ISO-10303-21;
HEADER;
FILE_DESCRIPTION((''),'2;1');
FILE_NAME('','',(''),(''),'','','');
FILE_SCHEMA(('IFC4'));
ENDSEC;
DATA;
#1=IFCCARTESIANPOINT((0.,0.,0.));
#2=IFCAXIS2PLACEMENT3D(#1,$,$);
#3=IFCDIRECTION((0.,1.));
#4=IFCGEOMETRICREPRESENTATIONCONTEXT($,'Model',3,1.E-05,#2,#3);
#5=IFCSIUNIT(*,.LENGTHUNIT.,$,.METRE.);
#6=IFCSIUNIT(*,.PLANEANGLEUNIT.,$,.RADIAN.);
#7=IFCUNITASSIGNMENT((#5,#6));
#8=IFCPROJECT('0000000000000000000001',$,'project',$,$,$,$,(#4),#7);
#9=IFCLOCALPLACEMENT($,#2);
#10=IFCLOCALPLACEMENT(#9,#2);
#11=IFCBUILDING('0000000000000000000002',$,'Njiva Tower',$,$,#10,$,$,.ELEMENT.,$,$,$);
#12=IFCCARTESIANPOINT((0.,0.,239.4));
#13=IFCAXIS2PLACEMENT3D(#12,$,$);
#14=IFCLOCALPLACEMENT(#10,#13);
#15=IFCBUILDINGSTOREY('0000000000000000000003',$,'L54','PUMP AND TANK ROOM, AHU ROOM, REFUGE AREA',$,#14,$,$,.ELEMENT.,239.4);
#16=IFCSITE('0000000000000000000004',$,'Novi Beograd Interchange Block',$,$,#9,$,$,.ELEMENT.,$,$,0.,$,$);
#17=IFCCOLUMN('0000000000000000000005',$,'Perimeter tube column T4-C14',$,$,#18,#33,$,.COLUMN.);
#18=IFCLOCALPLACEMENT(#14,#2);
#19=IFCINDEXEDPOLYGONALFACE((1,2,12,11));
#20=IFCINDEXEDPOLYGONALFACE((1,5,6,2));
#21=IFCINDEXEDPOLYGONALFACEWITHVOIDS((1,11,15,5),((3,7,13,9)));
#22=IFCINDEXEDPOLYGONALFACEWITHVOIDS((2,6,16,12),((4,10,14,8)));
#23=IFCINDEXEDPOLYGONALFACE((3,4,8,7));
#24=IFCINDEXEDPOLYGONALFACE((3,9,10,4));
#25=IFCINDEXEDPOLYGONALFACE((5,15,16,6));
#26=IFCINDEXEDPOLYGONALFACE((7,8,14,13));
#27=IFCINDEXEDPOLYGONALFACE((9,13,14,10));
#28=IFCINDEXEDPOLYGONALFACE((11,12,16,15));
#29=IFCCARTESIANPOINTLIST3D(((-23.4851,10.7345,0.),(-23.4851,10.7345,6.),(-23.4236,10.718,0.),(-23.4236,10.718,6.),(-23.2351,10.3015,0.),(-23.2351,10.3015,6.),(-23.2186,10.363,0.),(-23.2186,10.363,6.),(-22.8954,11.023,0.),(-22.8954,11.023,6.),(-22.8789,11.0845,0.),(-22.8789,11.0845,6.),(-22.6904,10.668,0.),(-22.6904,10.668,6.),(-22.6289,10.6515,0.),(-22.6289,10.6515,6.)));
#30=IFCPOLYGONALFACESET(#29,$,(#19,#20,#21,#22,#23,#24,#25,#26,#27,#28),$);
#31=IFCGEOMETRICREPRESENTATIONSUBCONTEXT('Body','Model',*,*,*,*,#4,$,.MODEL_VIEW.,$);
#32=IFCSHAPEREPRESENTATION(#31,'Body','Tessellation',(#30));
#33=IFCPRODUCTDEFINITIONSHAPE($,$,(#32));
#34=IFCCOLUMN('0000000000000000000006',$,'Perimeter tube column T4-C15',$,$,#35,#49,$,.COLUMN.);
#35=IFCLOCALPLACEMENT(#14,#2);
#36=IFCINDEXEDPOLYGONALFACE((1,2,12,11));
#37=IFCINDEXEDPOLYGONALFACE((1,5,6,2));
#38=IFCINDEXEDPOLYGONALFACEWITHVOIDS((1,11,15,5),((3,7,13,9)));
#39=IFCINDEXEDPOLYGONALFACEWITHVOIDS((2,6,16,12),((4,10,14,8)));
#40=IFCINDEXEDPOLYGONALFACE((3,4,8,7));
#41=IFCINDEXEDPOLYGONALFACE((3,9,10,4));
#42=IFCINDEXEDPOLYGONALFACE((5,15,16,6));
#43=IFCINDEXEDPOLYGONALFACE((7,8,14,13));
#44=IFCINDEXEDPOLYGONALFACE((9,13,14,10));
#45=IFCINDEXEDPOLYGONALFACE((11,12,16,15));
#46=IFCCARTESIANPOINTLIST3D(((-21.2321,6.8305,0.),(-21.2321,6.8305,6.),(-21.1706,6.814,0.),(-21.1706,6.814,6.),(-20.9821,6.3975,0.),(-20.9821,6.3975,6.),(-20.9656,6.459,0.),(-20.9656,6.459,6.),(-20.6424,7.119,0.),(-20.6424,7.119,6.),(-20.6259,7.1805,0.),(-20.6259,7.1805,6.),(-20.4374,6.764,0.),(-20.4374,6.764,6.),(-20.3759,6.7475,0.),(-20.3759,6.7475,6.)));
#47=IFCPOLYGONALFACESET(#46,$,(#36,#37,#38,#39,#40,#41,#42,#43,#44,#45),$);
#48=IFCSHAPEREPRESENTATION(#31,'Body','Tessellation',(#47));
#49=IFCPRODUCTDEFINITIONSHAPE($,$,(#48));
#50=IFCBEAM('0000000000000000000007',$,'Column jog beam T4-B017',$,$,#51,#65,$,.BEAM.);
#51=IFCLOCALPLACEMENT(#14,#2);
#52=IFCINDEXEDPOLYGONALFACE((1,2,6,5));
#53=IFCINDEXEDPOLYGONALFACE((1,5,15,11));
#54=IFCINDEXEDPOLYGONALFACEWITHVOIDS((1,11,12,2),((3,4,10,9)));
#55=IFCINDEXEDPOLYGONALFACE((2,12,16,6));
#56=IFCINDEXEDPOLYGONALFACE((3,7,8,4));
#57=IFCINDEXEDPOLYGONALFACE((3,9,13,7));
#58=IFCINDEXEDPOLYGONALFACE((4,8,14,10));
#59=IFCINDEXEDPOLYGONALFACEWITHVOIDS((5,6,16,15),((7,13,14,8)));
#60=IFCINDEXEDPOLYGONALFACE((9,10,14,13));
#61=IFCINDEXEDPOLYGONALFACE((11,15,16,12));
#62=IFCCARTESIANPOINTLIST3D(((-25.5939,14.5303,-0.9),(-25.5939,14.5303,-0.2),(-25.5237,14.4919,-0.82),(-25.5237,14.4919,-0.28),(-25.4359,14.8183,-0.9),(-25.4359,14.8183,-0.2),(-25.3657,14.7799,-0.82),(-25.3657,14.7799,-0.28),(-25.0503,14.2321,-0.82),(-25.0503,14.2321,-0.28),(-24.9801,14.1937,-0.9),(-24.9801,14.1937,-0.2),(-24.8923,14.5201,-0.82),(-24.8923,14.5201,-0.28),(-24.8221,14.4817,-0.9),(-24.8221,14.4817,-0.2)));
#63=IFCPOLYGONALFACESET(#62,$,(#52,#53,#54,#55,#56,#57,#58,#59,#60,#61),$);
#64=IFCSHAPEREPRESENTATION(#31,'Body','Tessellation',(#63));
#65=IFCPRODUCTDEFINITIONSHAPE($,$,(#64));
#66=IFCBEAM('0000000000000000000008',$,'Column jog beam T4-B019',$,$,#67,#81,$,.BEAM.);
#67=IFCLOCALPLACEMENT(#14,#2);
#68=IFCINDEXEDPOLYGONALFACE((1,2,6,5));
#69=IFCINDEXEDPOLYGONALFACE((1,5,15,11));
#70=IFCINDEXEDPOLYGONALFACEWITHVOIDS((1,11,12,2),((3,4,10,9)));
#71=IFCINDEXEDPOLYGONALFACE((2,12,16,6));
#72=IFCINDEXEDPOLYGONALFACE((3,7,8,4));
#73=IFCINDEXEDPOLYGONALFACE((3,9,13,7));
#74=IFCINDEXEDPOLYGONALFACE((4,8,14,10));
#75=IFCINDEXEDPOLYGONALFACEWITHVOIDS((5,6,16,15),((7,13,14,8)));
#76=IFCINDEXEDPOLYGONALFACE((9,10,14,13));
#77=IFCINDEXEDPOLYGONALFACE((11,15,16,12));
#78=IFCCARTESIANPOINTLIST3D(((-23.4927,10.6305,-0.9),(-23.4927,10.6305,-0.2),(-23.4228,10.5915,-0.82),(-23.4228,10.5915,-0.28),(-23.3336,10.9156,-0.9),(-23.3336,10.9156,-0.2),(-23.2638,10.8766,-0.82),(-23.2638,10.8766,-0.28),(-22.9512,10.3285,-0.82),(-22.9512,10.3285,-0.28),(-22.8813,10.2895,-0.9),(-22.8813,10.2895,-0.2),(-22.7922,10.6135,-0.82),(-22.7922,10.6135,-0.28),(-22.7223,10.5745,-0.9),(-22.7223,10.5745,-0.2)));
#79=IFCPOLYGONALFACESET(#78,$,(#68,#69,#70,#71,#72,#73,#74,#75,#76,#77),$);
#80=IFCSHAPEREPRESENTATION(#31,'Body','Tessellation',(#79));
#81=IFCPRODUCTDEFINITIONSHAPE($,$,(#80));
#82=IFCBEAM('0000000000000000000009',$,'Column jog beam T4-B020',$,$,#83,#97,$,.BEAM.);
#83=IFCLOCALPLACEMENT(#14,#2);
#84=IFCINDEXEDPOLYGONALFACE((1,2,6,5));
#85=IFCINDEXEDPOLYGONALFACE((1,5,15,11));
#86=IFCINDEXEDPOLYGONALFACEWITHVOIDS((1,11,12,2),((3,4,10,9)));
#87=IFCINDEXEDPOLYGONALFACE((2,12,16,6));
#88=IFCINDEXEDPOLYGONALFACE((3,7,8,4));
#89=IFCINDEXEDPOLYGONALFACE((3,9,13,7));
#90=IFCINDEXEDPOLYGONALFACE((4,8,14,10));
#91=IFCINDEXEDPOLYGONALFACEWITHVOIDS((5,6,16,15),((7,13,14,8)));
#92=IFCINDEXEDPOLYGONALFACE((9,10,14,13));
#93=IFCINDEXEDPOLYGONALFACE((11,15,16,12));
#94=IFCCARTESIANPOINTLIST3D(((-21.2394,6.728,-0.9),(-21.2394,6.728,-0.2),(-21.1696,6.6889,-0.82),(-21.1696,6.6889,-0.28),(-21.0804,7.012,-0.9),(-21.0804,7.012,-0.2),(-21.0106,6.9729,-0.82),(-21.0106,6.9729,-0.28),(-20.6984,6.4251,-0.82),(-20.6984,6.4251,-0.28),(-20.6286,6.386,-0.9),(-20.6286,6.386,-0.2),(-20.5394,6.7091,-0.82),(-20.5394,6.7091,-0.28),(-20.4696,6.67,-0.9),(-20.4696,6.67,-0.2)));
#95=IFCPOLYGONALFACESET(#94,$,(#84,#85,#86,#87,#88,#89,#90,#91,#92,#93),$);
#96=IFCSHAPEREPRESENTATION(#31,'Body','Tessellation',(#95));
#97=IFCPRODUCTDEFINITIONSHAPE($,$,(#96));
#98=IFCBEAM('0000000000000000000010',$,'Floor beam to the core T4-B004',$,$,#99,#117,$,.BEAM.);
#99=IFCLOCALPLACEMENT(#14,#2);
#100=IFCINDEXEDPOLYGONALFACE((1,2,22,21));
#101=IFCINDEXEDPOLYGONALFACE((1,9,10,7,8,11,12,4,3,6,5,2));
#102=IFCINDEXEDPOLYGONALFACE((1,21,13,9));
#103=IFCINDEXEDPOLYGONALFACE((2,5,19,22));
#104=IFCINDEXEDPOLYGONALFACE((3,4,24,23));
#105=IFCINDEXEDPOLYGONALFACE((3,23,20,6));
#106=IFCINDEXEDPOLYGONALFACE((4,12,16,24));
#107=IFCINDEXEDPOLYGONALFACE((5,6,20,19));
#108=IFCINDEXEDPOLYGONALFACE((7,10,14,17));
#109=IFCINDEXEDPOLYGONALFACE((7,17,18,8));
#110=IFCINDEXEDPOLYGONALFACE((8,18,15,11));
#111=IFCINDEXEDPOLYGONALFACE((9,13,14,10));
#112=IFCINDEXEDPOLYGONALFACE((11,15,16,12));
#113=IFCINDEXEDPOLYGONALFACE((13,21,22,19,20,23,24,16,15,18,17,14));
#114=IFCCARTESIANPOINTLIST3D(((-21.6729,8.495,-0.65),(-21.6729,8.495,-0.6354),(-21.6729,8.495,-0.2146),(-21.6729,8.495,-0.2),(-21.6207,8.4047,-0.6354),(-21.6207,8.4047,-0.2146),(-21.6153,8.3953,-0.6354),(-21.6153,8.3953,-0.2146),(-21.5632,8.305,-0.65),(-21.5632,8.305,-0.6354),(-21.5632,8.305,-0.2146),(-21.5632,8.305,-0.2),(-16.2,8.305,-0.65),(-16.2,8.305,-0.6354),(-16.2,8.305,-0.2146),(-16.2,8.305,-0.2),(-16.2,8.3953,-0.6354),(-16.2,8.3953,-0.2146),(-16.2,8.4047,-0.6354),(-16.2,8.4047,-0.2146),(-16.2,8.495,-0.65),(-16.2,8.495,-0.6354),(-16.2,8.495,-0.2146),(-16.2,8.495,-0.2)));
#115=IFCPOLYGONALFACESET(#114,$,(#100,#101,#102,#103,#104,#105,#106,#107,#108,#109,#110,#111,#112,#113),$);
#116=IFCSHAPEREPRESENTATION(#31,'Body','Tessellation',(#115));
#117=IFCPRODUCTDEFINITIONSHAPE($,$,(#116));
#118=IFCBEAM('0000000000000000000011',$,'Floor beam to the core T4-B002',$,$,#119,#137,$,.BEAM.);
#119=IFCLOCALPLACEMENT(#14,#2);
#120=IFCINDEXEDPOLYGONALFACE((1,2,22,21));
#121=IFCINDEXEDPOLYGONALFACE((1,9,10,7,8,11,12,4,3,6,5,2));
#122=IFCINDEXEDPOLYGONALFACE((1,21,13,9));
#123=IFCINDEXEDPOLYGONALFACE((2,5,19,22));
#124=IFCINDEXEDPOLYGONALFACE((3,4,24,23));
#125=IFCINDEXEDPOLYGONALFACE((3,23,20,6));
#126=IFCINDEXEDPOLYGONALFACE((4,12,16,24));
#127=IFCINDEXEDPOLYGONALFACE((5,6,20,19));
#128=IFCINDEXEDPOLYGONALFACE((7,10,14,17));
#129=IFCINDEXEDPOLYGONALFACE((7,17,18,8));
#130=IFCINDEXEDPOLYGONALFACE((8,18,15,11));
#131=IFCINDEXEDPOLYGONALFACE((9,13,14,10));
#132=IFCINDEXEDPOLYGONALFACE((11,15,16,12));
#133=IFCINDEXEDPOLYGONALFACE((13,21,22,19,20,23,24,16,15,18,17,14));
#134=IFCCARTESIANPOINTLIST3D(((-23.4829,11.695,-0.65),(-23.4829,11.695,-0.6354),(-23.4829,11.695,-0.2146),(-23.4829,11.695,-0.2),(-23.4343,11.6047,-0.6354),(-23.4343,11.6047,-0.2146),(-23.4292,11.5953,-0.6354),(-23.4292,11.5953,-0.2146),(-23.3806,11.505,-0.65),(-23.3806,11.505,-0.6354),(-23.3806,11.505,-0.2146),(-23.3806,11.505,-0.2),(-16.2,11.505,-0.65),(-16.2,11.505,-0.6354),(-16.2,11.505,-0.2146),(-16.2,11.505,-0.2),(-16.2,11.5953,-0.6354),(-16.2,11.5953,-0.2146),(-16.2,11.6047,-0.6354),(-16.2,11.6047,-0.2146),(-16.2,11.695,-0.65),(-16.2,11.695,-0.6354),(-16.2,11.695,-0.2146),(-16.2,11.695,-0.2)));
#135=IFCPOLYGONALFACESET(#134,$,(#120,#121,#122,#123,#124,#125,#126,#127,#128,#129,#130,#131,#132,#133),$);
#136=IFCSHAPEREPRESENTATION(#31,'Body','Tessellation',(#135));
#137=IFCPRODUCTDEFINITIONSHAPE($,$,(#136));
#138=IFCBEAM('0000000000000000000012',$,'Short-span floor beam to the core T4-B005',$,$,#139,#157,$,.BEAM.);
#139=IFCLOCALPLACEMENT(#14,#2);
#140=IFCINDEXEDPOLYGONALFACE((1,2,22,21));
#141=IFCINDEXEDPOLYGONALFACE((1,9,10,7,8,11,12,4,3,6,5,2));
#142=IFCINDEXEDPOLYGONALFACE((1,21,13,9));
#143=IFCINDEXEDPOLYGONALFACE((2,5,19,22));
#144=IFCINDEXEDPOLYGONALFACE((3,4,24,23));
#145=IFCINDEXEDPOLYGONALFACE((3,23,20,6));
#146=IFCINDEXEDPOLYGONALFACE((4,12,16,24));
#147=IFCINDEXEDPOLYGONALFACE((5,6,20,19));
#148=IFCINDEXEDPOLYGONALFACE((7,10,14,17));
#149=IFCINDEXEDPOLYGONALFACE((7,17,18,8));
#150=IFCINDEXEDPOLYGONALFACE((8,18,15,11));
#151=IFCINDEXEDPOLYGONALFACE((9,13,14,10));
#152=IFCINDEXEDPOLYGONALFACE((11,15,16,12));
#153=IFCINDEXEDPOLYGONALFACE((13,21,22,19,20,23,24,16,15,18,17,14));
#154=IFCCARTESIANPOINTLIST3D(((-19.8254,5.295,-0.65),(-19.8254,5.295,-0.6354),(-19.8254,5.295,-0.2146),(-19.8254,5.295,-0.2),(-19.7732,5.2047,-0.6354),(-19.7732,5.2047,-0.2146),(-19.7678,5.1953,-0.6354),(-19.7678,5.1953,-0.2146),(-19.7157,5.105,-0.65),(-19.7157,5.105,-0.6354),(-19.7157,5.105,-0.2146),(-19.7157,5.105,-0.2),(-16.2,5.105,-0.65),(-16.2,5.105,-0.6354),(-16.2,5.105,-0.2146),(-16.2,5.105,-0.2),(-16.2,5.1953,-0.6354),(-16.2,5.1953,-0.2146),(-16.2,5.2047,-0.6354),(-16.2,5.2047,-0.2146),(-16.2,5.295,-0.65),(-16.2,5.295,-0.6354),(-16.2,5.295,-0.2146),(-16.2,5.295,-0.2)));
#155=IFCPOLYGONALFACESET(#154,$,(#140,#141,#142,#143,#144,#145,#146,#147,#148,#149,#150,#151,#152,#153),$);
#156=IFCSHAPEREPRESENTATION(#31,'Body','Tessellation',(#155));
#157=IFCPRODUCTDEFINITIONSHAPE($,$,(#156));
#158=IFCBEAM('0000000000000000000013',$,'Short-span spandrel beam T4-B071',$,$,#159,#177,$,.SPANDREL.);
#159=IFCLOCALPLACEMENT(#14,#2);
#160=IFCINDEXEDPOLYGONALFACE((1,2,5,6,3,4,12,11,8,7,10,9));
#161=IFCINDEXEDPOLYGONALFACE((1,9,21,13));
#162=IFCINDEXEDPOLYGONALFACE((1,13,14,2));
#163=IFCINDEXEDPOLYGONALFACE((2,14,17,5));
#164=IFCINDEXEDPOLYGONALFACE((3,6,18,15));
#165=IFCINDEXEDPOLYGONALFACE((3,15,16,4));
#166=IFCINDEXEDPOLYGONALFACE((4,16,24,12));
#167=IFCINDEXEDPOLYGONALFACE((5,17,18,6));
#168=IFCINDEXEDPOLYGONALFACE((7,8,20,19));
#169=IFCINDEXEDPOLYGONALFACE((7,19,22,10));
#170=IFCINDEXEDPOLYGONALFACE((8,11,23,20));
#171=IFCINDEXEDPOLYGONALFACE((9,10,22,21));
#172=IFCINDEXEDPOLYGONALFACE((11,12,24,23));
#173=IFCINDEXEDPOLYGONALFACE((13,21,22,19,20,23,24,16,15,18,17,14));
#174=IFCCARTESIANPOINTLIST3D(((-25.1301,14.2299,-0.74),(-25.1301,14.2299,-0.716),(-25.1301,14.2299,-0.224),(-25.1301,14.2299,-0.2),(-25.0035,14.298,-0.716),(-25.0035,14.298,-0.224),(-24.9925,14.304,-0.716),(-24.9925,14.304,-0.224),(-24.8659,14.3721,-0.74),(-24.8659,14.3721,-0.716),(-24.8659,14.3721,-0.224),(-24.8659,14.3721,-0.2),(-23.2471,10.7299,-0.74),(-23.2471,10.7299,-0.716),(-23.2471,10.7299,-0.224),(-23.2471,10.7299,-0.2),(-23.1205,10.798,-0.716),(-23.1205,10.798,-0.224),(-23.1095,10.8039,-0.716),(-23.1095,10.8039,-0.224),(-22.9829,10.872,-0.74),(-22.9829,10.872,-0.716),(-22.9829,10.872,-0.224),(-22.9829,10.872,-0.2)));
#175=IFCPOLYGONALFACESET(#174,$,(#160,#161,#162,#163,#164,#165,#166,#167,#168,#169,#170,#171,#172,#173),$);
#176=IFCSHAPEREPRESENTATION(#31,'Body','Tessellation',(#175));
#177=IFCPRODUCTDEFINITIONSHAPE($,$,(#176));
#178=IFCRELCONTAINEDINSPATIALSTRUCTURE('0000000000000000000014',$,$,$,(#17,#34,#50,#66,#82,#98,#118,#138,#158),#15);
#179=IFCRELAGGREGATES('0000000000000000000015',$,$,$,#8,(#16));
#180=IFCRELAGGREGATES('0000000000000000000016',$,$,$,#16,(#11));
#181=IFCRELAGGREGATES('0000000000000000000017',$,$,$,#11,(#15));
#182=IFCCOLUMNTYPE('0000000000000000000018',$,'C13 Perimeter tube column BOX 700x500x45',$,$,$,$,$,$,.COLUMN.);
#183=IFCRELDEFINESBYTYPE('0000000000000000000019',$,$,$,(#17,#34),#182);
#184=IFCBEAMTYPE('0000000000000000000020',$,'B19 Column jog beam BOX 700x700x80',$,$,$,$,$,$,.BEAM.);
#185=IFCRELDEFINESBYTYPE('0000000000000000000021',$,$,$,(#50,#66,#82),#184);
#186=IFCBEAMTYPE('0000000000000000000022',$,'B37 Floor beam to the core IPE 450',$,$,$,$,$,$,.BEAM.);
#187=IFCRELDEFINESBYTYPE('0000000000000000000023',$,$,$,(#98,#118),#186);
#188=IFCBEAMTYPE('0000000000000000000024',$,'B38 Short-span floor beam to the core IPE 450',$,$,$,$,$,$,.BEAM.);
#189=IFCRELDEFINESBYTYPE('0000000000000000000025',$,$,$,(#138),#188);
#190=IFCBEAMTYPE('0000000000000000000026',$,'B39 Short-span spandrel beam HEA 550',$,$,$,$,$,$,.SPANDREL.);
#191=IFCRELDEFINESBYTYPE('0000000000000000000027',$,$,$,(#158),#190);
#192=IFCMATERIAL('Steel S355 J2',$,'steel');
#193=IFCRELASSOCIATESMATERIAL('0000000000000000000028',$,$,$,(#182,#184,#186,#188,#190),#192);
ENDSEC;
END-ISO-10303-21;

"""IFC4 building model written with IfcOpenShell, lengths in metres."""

from ifc_helpers import new_model, si_unit, direction, frame, origin, origin_2d, place, context, subcontext, project, spatial, hollow_rectangle, i_section, extrude, clip, halfspace, material, material_profile, profile_set, type_object, element, save


model = new_model("IFC4")

# Units and contexts
model_context = context("Model", 3, precision=1e-05, world=origin(), true_north=direction((0.0, 1.0)))
body_context = subcontext(model_context, "Body", "Model", "MODEL_VIEW")
ifc_project = project(units=[si_unit("LENGTHUNIT", "METRE"), si_unit("PLANEANGLEUNIT", "RADIAN")], contexts=[model_context])

# Site, building, storey
site_placement = place(None, origin())
site = spatial("IfcSite", under=ifc_project, at=site_placement, Name="Novi Beograd Interchange Block", CompositionType="ELEMENT", RefElevation=0.0)
building_placement = place(site_placement, origin())
building = spatial("IfcBuilding", under=site, at=building_placement, Name="Njiva Tower", CompositionType="ELEMENT")
storey_placement = place(building_placement, frame((0.0, 0.0, 239.4)))
storey = spatial("IfcBuildingStorey", under=building, at=storey_placement, Name="L54", Description="PUMP AND TANK ROOM, AHU ROOM, REFUGE AREA", CompositionType="ELEMENT", Elevation=239.4)

# Columns
ifc_material_1 = material(Name="Steel S355 J2", Category="steel")
ifc_material_profile_1 = material_profile(ifc_material_1, hollow_rectangle(XDim=0.5, YDim=0.7, WallThickness=0.045, at=origin_2d()), Name="BOX 700x500x45")
ifc_profile_set_1 = profile_set([ifc_material_profile_1], Name="Steel S355 J2")
column_type = type_object("IfcColumnType", Name="C13 Perimeter tube column BOX 700x500x45", PredefinedType="COLUMN", material=ifc_profile_set_1)
for number, where, z_axis, x_axis, name in (
    (1, (-23.057, 10.693, 0.0), (0.0, 0.0, 1.0), (0.5, -0.866025, 0.0), "Perimeter tube column T4-C14"),
    (2, (-20.804, 6.789, 0.0), (0.0, 0.0, 1.0), (0.5, -0.866025, 0.0), "Perimeter tube column T4-C15"),
):
    element("IfcColumn", number, at=place(storey_placement, frame(where, z_axis=z_axis, x_axis=x_axis)), inside=storey, type_object=column_type, Name=name, PredefinedType="COLUMN", context=body_context, shape_type="SweptSolid", body=[
        extrude(hollow_rectangle(XDim=0.5, YDim=0.7, WallThickness=0.045, at=origin_2d()), origin(), (0.0, 0.0, 1.0), 6.0),
    ])

# Beams
ifc_material_profile_2 = material_profile(ifc_material_1, hollow_rectangle(XDim=0.7, YDim=0.7, WallThickness=0.08, at=origin_2d()), Name="BOX 700x700x80")
ifc_profile_set_2 = profile_set([ifc_material_profile_2], Name="Steel S355 J2")
beam_type_1 = type_object("IfcBeamType", Name="B19 Column jog beam BOX 700x700x80", PredefinedType="BEAM", material=ifc_profile_set_2)
beam_1_placement = place(storey_placement, frame((-25.287, 14.362, -0.55), z_axis=(0.480984, 0.87673, 0.0), x_axis=(-0.87673, 0.480984, 0.0)))
element("IfcBeam", 3, at=beam_1_placement, inside=storey, type_object=beam_type_1, Name="Column jog beam T4-B017", PredefinedType="BEAM", context=body_context, shape_type="SweptSolid", body=[
    extrude(hollow_rectangle(XDim=0.7, YDim=0.7, WallThickness=0.08, at=origin_2d()), origin(), (0.0, 0.0, 1.0), 0.3285),
])
beam_2_placement = place(storey_placement, frame((-23.187, 10.46, -0.55), z_axis=(0.487203, 0.873289, 0.0), x_axis=(-0.873289, 0.487203, 0.0)))
element("IfcBeam", 4, at=beam_2_placement, inside=storey, type_object=beam_type_1, Name="Column jog beam T4-B019", PredefinedType="BEAM", context=body_context, shape_type="SweptSolid", body=[
    extrude(hollow_rectangle(XDim=0.7, YDim=0.7, WallThickness=0.08, at=origin_2d()), origin(), (0.0, 0.0, 1.0), 0.3264),
])
beam_3_placement = place(storey_placement, frame((-20.934, 6.557, -0.55), z_axis=(0.48851, 0.872558, 0.0), x_axis=(-0.872558, 0.48851, 0.0)))
element("IfcBeam", 5, at=beam_3_placement, inside=storey, type_object=beam_type_1, Name="Column jog beam T4-B020", PredefinedType="BEAM", context=body_context, shape_type="SweptSolid", body=[
    extrude(hollow_rectangle(XDim=0.7, YDim=0.7, WallThickness=0.08, at=origin_2d()), origin(), (0.0, 0.0, 1.0), 0.3255),
])
ifc_material_profile_3 = material_profile(ifc_material_1, i_section(OverallWidth=0.19, OverallDepth=0.45, WebThickness=0.0094, FlangeThickness=0.0146, at=origin_2d()), Name="IPE 450")
ifc_profile_set_3 = profile_set([ifc_material_profile_3], Name="Steel S355 J2")
beam_type_2 = type_object("IfcBeamType", Name="B37 Floor beam to the core IPE 450", PredefinedType="BEAM", material=ifc_profile_set_3)
beam_4_placement = place(storey_placement, frame((-21.693, 8.4, -0.425), z_axis=(1.0, 0.0, 0.0), x_axis=(0.0, 1.0, 0.0)))
element("IfcBeam", 6, at=beam_4_placement, inside=storey, type_object=beam_type_2, Name="Floor beam to the core T4-B004", PredefinedType="BEAM", context=body_context, shape_type="Clipping", body=[
    clip(extrude(i_section(OverallWidth=0.19, OverallDepth=0.45, WebThickness=0.0094, FlangeThickness=0.0146, at=origin_2d()), origin(), (0.0, 0.0, 1.0), 5.493), halfspace(frame((-0.025, 0.0, 0.0894), z_axis=(-0.499998, 0.0, -0.866027), x_axis=(0.0, -1.0, 0.0)), False)),
])
beam_5_placement = place(storey_placement, frame((-23.503, 11.6, -0.425), z_axis=(1.0, 0.0, 0.0), x_axis=(0.0, 1.0, 0.0)))
element("IfcBeam", 7, at=beam_5_placement, inside=storey, type_object=beam_type_2, Name="Floor beam to the core T4-B002", PredefinedType="BEAM", context=body_context, shape_type="Clipping", body=[
    clip(extrude(i_section(OverallWidth=0.19, OverallDepth=0.45, WebThickness=0.0094, FlangeThickness=0.0146, at=origin_2d()), origin(), (0.0, 0.0, 1.0), 7.303), halfspace(frame((-0.0237, 0.0, 0.084), z_axis=(-0.473769, 0.0, -0.880649), x_axis=(0.0, -1.0, 0.0)), False)),
])
ifc_material_profile_4 = material_profile(ifc_material_1, i_section(OverallWidth=0.19, OverallDepth=0.45, WebThickness=0.0094, FlangeThickness=0.0146, at=origin_2d()), Name="IPE 450")
ifc_profile_set_4 = profile_set([ifc_material_profile_4], Name="Steel S355 J2")
beam_type_3 = type_object("IfcBeamType", Name="B38 Short-span floor beam to the core IPE 450", PredefinedType="BEAM", material=ifc_profile_set_4)
beam_6_placement = place(storey_placement, frame((-19.846, 5.2, -0.425), z_axis=(1.0, 0.0, 0.0), x_axis=(0.0, 1.0, 0.0)))
element("IfcBeam", 8, at=beam_6_placement, inside=storey, type_object=beam_type_3, Name="Short-span floor beam to the core T4-B005", PredefinedType="BEAM", context=body_context, shape_type="Clipping", body=[
    clip(extrude(i_section(OverallWidth=0.19, OverallDepth=0.45, WebThickness=0.0094, FlangeThickness=0.0146, at=origin_2d()), origin(), (0.0, 0.0, 1.0), 3.646), halfspace(frame((-0.025, 0.0, 0.0899), z_axis=(-0.499998, 0.0, -0.866027), x_axis=(0.0, -1.0, 0.0)), False)),
])
ifc_material_profile_5 = material_profile(ifc_material_1, i_section(OverallWidth=0.3, OverallDepth=0.54, WebThickness=0.0125, FlangeThickness=0.024, at=origin_2d()), Name="HEA 550")
ifc_profile_set_5 = profile_set([ifc_material_profile_5], Name="Steel S355 J2")
beam_type_4 = type_object("IfcBeamType", Name="B39 Short-span spandrel beam HEA 550", PredefinedType="SPANDREL", material=ifc_profile_set_5)
beam_7_placement = place(storey_placement, frame((-24.998, 14.301, -0.47), z_axis=(0.473785, -0.880641, 0.0), x_axis=(0.880641, 0.473785, 0.0)))
element("IfcBeam", 9, at=beam_7_placement, inside=storey, type_object=beam_type_4, Name="Short-span spandrel beam T4-B071", PredefinedType="SPANDREL", context=body_context, shape_type="SweptSolid", body=[
    extrude(i_section(OverallWidth=0.3, OverallDepth=0.54, WebThickness=0.0125, FlangeThickness=0.024, at=origin_2d()), origin(), (0.0, 0.0, 1.0), 3.9744),
])

save(model, "model.ifc")
